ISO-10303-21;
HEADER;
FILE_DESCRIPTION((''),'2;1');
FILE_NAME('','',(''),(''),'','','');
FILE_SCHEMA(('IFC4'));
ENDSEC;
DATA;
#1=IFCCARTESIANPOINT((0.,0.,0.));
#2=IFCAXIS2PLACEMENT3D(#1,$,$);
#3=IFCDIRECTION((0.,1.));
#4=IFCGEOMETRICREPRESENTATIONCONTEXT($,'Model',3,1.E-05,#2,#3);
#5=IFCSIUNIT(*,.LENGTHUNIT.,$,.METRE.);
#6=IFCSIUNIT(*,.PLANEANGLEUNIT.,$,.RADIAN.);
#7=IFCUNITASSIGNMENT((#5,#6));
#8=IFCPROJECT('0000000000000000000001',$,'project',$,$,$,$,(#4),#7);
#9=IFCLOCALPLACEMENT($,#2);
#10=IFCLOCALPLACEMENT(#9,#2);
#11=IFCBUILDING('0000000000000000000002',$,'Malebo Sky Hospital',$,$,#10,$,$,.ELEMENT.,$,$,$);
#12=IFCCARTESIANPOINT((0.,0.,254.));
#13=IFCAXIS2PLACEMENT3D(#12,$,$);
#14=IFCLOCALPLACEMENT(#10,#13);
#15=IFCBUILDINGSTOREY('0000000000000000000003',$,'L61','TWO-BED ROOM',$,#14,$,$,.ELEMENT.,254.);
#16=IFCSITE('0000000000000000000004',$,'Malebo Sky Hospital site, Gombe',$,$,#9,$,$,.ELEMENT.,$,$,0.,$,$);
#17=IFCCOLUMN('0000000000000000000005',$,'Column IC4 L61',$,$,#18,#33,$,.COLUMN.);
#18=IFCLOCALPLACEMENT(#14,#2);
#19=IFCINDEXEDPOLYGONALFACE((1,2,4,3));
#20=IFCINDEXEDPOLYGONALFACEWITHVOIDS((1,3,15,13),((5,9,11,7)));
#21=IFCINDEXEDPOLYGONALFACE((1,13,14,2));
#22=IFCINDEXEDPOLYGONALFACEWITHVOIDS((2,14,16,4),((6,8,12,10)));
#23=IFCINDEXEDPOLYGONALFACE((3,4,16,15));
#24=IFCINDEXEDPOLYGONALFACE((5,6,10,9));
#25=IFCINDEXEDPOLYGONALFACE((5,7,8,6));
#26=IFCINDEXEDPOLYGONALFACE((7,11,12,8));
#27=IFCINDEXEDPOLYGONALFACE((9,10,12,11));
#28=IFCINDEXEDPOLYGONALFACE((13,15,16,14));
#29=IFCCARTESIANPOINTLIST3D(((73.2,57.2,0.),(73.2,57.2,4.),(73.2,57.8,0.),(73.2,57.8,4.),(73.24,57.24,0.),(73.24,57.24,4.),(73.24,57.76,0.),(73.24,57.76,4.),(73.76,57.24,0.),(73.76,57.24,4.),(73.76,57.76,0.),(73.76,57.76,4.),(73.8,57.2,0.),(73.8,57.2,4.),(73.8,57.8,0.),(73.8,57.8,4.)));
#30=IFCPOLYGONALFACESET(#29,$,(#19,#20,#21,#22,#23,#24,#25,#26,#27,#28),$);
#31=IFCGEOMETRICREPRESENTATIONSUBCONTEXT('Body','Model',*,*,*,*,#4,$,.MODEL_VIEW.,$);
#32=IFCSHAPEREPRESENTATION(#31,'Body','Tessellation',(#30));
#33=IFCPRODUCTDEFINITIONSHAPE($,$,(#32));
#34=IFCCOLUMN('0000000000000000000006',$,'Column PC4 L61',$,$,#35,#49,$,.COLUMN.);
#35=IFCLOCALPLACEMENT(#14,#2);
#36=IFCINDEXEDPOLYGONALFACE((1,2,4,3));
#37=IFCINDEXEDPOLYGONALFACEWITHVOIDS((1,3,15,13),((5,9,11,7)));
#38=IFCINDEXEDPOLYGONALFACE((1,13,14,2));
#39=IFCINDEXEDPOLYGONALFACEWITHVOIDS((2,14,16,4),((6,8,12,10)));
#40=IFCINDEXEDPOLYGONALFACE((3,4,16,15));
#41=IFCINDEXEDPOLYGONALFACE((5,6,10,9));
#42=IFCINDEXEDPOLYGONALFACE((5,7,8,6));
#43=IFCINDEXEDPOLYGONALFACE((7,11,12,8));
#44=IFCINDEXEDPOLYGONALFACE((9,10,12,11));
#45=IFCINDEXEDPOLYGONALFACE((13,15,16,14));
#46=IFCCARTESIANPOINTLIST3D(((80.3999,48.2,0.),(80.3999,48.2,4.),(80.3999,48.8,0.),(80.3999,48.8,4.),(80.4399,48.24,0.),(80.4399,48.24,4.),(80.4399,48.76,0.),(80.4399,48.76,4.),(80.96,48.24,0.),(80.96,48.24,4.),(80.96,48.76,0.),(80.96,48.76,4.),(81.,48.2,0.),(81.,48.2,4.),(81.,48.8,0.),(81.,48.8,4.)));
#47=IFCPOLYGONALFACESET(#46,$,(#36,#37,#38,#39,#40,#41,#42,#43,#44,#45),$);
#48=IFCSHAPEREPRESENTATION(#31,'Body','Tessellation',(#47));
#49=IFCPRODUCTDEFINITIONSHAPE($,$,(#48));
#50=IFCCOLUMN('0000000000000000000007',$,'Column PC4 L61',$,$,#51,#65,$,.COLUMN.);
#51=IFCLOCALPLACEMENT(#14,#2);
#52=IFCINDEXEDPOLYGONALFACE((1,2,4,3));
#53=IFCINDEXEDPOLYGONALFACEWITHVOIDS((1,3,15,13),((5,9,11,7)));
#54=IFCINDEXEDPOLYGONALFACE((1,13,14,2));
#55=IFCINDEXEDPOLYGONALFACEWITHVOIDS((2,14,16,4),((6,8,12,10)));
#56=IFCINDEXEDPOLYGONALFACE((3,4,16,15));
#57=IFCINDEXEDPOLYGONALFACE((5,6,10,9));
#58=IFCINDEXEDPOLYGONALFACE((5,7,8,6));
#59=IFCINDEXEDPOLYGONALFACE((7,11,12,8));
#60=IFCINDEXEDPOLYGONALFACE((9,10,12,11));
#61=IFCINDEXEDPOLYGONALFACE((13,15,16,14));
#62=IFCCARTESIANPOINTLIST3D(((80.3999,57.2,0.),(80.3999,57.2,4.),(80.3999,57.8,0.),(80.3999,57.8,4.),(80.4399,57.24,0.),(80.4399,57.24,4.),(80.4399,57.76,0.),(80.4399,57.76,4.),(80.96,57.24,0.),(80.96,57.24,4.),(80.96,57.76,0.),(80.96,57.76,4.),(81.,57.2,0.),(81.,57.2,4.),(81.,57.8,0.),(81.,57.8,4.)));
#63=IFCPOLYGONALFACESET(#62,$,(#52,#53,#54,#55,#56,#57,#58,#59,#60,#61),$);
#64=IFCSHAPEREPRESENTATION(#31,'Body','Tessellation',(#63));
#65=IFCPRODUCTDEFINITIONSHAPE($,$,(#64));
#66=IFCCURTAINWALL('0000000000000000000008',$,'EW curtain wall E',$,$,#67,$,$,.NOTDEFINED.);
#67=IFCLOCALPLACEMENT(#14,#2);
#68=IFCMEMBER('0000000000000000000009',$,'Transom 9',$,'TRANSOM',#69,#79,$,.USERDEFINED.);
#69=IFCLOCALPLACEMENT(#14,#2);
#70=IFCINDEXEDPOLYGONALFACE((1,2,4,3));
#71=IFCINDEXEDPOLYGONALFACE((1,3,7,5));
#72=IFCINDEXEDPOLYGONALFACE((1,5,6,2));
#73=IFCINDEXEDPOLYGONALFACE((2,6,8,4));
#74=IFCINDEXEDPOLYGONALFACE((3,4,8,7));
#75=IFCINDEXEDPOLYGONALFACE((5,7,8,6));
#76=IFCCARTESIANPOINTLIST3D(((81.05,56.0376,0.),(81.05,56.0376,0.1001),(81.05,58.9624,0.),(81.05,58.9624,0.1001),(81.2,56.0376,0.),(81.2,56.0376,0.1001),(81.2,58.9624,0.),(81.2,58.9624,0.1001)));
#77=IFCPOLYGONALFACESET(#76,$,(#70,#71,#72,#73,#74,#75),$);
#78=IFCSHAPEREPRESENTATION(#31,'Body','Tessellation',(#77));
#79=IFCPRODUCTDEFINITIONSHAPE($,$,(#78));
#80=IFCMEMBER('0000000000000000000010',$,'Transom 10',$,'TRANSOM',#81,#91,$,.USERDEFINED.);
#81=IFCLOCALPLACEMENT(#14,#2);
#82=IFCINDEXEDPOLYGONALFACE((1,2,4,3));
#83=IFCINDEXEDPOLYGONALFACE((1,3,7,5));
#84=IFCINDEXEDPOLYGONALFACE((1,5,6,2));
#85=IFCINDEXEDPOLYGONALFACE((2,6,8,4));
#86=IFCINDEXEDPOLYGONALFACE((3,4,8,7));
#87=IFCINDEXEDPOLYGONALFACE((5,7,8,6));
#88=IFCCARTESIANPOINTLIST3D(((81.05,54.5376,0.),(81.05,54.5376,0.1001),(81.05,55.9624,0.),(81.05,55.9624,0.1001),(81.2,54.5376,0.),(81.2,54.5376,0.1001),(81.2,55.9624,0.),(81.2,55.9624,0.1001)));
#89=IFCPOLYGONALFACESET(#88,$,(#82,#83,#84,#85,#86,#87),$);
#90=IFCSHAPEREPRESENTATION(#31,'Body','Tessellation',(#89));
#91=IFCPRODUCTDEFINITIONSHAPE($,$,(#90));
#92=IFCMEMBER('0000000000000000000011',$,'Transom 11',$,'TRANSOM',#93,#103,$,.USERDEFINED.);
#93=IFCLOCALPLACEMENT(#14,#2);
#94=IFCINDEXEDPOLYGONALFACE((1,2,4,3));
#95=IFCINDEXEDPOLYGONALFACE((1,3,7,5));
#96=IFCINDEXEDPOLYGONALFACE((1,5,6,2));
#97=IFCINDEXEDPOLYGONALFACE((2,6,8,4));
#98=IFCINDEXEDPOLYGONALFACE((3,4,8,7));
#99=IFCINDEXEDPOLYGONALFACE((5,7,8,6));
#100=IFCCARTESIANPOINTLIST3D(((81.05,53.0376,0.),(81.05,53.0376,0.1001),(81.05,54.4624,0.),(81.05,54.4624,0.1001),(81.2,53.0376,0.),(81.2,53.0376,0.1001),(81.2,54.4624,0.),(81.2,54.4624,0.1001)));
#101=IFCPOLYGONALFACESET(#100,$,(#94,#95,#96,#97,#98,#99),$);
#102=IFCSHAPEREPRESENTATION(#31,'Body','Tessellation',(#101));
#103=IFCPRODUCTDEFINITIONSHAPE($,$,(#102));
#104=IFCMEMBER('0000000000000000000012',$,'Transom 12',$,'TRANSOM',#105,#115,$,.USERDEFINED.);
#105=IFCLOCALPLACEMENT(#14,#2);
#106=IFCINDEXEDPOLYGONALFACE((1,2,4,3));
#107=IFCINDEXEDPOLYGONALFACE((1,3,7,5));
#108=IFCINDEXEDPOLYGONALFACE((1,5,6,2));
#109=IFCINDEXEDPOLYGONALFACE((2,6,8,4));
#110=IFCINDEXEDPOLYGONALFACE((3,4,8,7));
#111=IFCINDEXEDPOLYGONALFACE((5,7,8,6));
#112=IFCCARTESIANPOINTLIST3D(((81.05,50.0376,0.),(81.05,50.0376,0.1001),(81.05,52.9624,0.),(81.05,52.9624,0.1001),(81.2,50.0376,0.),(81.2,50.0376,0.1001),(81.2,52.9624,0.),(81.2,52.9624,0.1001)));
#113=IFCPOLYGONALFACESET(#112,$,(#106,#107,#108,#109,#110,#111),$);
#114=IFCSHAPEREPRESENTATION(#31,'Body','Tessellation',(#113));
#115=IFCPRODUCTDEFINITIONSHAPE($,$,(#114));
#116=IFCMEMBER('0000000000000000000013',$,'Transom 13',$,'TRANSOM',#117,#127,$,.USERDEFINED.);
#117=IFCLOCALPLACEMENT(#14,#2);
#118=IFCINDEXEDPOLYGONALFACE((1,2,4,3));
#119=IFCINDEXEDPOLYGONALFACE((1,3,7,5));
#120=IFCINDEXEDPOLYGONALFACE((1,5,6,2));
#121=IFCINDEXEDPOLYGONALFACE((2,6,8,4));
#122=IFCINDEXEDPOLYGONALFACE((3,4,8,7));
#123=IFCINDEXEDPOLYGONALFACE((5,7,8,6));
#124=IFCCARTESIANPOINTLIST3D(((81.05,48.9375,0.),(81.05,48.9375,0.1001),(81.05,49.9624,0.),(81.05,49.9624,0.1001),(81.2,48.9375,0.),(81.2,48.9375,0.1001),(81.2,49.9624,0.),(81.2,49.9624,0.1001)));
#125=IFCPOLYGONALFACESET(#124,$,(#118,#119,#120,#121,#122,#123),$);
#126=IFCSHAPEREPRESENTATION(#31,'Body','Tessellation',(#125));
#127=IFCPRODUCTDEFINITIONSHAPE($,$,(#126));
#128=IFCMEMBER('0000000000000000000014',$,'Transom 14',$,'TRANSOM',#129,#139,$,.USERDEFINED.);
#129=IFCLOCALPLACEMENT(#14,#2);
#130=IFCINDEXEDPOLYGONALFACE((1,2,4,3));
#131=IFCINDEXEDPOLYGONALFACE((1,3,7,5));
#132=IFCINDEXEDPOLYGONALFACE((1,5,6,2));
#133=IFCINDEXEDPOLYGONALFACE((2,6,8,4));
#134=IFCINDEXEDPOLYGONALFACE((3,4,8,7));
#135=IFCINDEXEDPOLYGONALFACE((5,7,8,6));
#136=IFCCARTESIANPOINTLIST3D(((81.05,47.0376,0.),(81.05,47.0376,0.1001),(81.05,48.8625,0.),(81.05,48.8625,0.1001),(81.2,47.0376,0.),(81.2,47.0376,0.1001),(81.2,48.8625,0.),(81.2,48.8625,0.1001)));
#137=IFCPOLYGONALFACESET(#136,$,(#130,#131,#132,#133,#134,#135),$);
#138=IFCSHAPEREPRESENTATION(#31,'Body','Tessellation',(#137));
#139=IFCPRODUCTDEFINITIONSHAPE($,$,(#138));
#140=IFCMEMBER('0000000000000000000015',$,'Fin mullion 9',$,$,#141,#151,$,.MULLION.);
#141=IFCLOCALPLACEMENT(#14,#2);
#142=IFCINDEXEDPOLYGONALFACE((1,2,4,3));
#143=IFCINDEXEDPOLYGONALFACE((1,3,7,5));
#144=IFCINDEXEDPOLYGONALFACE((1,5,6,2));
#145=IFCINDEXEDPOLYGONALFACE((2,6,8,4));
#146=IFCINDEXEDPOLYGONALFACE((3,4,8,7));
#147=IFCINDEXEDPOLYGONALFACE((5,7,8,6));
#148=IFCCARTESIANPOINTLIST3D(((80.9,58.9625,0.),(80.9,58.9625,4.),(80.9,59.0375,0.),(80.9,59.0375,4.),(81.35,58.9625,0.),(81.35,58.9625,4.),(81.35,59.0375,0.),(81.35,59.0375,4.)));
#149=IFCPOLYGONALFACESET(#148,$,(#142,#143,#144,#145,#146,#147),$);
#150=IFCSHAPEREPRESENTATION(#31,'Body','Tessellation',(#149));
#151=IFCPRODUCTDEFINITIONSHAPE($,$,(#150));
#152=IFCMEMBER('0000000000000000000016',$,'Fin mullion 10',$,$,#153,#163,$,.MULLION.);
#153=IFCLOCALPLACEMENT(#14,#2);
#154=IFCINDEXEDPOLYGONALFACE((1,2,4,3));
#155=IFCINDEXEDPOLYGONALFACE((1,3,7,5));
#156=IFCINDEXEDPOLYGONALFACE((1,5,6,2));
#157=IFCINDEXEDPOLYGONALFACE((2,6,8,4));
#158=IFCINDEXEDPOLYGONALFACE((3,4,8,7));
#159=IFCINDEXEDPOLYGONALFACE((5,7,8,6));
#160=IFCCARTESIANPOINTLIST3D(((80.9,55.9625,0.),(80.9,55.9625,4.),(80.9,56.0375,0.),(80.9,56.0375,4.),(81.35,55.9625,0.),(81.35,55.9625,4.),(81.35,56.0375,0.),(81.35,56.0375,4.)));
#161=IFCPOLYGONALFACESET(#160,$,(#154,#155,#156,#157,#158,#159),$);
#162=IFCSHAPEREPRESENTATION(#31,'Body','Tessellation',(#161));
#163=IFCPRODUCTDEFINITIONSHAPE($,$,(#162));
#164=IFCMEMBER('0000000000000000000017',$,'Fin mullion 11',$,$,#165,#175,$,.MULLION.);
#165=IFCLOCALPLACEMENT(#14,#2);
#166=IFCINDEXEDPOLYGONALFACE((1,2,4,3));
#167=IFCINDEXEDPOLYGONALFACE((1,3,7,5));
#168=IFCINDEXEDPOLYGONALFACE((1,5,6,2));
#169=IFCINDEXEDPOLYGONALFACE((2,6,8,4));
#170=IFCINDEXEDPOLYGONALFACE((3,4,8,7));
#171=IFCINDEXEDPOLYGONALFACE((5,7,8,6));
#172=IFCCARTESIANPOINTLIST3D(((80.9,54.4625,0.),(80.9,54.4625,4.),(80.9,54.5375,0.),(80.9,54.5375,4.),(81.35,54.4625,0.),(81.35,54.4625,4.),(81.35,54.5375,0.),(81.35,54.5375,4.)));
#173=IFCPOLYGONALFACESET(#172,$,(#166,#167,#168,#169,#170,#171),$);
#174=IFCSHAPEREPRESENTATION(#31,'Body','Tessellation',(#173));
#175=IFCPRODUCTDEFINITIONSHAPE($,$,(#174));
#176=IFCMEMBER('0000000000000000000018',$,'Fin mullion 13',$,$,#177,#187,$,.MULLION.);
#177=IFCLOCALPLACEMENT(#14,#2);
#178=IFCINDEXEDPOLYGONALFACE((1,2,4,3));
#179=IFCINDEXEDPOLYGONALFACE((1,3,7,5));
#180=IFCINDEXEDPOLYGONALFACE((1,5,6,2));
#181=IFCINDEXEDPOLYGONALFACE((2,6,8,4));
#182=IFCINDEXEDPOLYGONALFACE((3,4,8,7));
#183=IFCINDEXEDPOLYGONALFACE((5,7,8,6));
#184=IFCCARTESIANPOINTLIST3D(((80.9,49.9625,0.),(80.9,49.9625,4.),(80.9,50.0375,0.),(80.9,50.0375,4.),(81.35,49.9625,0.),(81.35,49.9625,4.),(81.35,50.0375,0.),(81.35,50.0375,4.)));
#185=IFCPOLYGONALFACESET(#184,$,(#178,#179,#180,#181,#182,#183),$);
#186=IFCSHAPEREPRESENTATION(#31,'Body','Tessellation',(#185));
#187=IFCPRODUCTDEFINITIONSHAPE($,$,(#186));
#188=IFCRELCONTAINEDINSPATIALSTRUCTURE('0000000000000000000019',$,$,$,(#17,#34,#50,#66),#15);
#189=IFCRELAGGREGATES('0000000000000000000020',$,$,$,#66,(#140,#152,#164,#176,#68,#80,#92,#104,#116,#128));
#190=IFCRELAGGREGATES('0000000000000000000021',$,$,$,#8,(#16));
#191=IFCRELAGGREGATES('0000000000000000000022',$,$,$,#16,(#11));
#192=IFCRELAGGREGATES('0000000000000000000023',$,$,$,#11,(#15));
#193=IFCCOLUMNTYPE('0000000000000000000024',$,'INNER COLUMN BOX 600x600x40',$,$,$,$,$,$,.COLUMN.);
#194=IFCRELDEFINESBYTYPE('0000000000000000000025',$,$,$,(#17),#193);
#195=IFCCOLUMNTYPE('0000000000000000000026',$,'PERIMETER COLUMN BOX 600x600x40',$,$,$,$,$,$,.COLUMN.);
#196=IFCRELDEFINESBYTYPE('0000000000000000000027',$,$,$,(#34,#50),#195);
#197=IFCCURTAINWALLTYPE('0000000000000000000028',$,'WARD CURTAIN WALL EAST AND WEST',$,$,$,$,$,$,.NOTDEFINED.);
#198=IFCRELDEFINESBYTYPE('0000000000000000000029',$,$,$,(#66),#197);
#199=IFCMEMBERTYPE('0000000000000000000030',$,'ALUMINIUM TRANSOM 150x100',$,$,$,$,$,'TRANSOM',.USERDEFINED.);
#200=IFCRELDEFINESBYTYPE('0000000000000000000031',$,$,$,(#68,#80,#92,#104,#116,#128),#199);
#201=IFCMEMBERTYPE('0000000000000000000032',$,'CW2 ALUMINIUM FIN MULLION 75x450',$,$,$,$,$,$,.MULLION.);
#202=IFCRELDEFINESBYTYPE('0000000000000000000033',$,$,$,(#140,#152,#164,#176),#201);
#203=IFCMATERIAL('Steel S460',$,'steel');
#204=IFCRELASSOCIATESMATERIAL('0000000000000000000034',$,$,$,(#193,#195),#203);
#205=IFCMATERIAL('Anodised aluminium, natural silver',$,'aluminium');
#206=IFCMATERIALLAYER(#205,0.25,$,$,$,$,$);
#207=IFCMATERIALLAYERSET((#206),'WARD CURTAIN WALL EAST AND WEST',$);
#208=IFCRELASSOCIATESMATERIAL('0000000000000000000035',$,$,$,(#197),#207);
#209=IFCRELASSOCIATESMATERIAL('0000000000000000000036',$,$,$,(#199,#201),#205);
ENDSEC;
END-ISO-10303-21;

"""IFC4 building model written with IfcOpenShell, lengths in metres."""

from ifc_helpers import new_model, si_unit, direction, frame, origin, origin_2d, place, context, subcontext, project, spatial, rectangle, hollow_rectangle, extrude, material, layer, layer_set, material_profile, profile_set, type_object, element, aggregate, save


model = new_model("IFC4")

# Units and contexts
model_context = context("Model", 3, precision=1e-05, world=origin(), true_north=direction((0.0, 1.0)))
body_context = subcontext(model_context, "Body", "Model", "MODEL_VIEW")
ifc_project = project(units=[si_unit("LENGTHUNIT", "METRE"), si_unit("PLANEANGLEUNIT", "RADIAN")], contexts=[model_context])

# Site, building, storey
site_placement = place(None, origin())
site = spatial("IfcSite", under=ifc_project, at=site_placement, Name="Malebo Sky Hospital site, Gombe", CompositionType="ELEMENT", RefElevation=0.0)
building_placement = place(site_placement, origin())
building = spatial("IfcBuilding", under=site, at=building_placement, Name="Malebo Sky Hospital", CompositionType="ELEMENT")
storey_placement = place(building_placement, frame((0.0, 0.0, 254.0)))
storey = spatial("IfcBuildingStorey", under=building, at=storey_placement, Name="L61", Description="TWO-BED ROOM", CompositionType="ELEMENT", Elevation=254.0)

# Columns
ifc_material_1 = material(Name="Steel S460", Category="steel")
ifc_material_profile_1 = material_profile(ifc_material_1, hollow_rectangle(XDim=0.6001, YDim=0.6001, WallThickness=0.04, at=origin_2d()), Name="BOX 600x600x40")
ifc_profile_set_1 = profile_set([ifc_material_profile_1], Name="Steel S460")
column_type_1 = type_object("IfcColumnType", Name="INNER COLUMN BOX 600x600x40", PredefinedType="COLUMN", material=ifc_profile_set_1)
column_placement = place(storey_placement, frame((73.5, 57.5, 0.0), z_axis=(0.0, 0.0, 1.0), x_axis=(1.0, 0.0, 0.0)))
element("IfcColumn", 1, at=column_placement, inside=storey, type_object=column_type_1, Name="Column IC4 L61", PredefinedType="COLUMN", context=body_context, shape_type="SweptSolid", body=[
    extrude(hollow_rectangle(XDim=0.6001, YDim=0.6001, WallThickness=0.04, at=origin_2d()), origin(), (0.0, 0.0, 1.0), 4.0),
])
ifc_material_profile_2 = material_profile(ifc_material_1, hollow_rectangle(XDim=0.6001, YDim=0.6001, WallThickness=0.04, at=origin_2d()), Name="BOX 600x600x40")
ifc_profile_set_2 = profile_set([ifc_material_profile_2], Name="Steel S460")
column_type_2 = type_object("IfcColumnType", Name="PERIMETER COLUMN BOX 600x600x40", PredefinedType="COLUMN", material=ifc_profile_set_2)
for number, where, z_axis, x_axis, name in (
    (2, (80.7, 48.5, 0.0), (0.0, 0.0, 1.0), (1.0, 0.0, 0.0), "Column PC4 L61"),
    (3, (80.7, 57.5, 0.0), (0.0, 0.0, 1.0), (1.0, 0.0, 0.0), "Column PC4 L61"),
):
    element("IfcColumn", number, at=place(storey_placement, frame(where, z_axis=z_axis, x_axis=x_axis)), inside=storey, type_object=column_type_2, Name=name, PredefinedType="COLUMN", context=body_context, shape_type="SweptSolid", body=[
        extrude(hollow_rectangle(XDim=0.6001, YDim=0.6001, WallThickness=0.04, at=origin_2d()), origin(), (0.0, 0.0, 1.0), 4.0),
    ])

# Curtain wall, members
ifc_material_2 = material(Name="Anodised aluminium, natural silver", Category="aluminium")
ifc_layer_1 = layer(ifc_material_2, 0.25)
ifc_layer_set_1 = layer_set([ifc_layer_1], Name="WARD CURTAIN WALL EAST AND WEST")
curtain_wall_type = type_object("IfcCurtainWallType", Name="WARD CURTAIN WALL EAST AND WEST", PredefinedType="NOTDEFINED", material=ifc_layer_set_1)
curtain_wall_placement = place(storey_placement, origin())
curtain_wall = element("IfcCurtainWall", 4, at=curtain_wall_placement, inside=storey, type_object=curtain_wall_type, Name="EW curtain wall E", PredefinedType="NOTDEFINED")
ifc_material_profile_3 = material_profile(ifc_material_2, rectangle(XDim=0.1499, YDim=0.1001, at=origin_2d()), Name="ALUMINIUM TRANSOM 150x100")
ifc_profile_set_3 = profile_set([ifc_material_profile_3], Name="Anodised aluminium, natural silver")
member_type_1 = type_object("IfcMemberType", Name="ALUMINIUM TRANSOM 150x100", ElementType="TRANSOM", PredefinedType="USERDEFINED", material=ifc_profile_set_3)
member_1_placement = place(storey_placement, frame((81.125, 58.9624, 0.05), z_axis=(0.0, -1.0, 0.0), x_axis=(1.0, 0.0, 0.0)))
member_1 = element("IfcMember", 5, at=member_1_placement, type_object=member_type_1, Name="Transom 9", ObjectType="TRANSOM", PredefinedType="USERDEFINED", context=body_context, shape_type="SweptSolid", body=[
    extrude(rectangle(XDim=0.1499, YDim=0.1001, at=origin_2d()), origin(), (0.0, 0.0, 1.0), 2.9248),
])
member_2_placement = place(storey_placement, frame((81.125, 55.9624, 0.05), z_axis=(0.0, -1.0, 0.0), x_axis=(1.0, 0.0, 0.0)))
member_2 = element("IfcMember", 6, at=member_2_placement, type_object=member_type_1, Name="Transom 10", ObjectType="TRANSOM", PredefinedType="USERDEFINED", context=body_context, shape_type="SweptSolid", body=[
    extrude(rectangle(XDim=0.1499, YDim=0.1001, at=origin_2d()), origin(), (0.0, 0.0, 1.0), 1.4248),
])
member_3_placement = place(storey_placement, frame((81.125, 54.4624, 0.05), z_axis=(0.0, -1.0, 0.0), x_axis=(1.0, 0.0, 0.0)))
member_3 = element("IfcMember", 7, at=member_3_placement, type_object=member_type_1, Name="Transom 11", ObjectType="TRANSOM", PredefinedType="USERDEFINED", context=body_context, shape_type="SweptSolid", body=[
    extrude(rectangle(XDim=0.1499, YDim=0.1001, at=origin_2d()), origin(), (0.0, 0.0, 1.0), 1.4248),
])
member_4_placement = place(storey_placement, frame((81.125, 52.9624, 0.05), z_axis=(0.0, -1.0, 0.0), x_axis=(1.0, 0.0, 0.0)))
member_4 = element("IfcMember", 8, at=member_4_placement, type_object=member_type_1, Name="Transom 12", ObjectType="TRANSOM", PredefinedType="USERDEFINED", context=body_context, shape_type="SweptSolid", body=[
    extrude(rectangle(XDim=0.1499, YDim=0.1001, at=origin_2d()), origin(), (0.0, 0.0, 1.0), 2.9248),
])
member_5_placement = place(storey_placement, frame((81.125, 49.9624, 0.05), z_axis=(0.0, -1.0, 0.0), x_axis=(1.0, 0.0, 0.0)))
member_5 = element("IfcMember", 9, at=member_5_placement, type_object=member_type_1, Name="Transom 13", ObjectType="TRANSOM", PredefinedType="USERDEFINED", context=body_context, shape_type="SweptSolid", body=[
    extrude(rectangle(XDim=0.1499, YDim=0.1001, at=origin_2d()), origin(), (0.0, 0.0, 1.0), 1.0249),
])
member_6_placement = place(storey_placement, frame((81.125, 48.8625, 0.05), z_axis=(0.0, -1.0, 0.0), x_axis=(1.0, 0.0, 0.0)))
member_6 = element("IfcMember", 10, at=member_6_placement, type_object=member_type_1, Name="Transom 14", ObjectType="TRANSOM", PredefinedType="USERDEFINED", context=body_context, shape_type="SweptSolid", body=[
    extrude(rectangle(XDim=0.1499, YDim=0.1001, at=origin_2d()), origin(), (0.0, 0.0, 1.0), 1.825),
])
ifc_material_profile_4 = material_profile(ifc_material_2, rectangle(XDim=0.075, YDim=0.45, at=origin_2d()), Name="CW2 ALUMINIUM FIN MULLION 75x450")
ifc_profile_set_4 = profile_set([ifc_material_profile_4], Name="Anodised aluminium, natural silver")
member_type_2 = type_object("IfcMemberType", Name="CW2 ALUMINIUM FIN MULLION 75x450", PredefinedType="MULLION", material=ifc_profile_set_4)
member_7_placement = place(storey_placement, frame((81.125, 59.0, 0.0), z_axis=(0.0, 0.0, 1.0), x_axis=(0.0, -1.0, 0.0)))
member_7 = element("IfcMember", 11, at=member_7_placement, type_object=member_type_2, Name="Fin mullion 9", PredefinedType="MULLION", context=body_context, shape_type="SweptSolid", body=[
    extrude(rectangle(XDim=0.075, YDim=0.45, at=origin_2d()), origin(), (0.0, 0.0, 1.0), 4.0),
])
member_8_placement = place(storey_placement, frame((81.125, 56.0, 0.0), z_axis=(0.0, 0.0, 1.0), x_axis=(0.0, -1.0, 0.0)))
member_8 = element("IfcMember", 12, at=member_8_placement, type_object=member_type_2, Name="Fin mullion 10", PredefinedType="MULLION", context=body_context, shape_type="SweptSolid", body=[
    extrude(rectangle(XDim=0.075, YDim=0.45, at=origin_2d()), origin(), (0.0, 0.0, 1.0), 4.0),
])
member_9_placement = place(storey_placement, frame((81.125, 54.5, 0.0), z_axis=(0.0, 0.0, 1.0), x_axis=(0.0, -1.0, 0.0)))
member_9 = element("IfcMember", 13, at=member_9_placement, type_object=member_type_2, Name="Fin mullion 11", PredefinedType="MULLION", context=body_context, shape_type="SweptSolid", body=[
    extrude(rectangle(XDim=0.075, YDim=0.45, at=origin_2d()), origin(), (0.0, 0.0, 1.0), 4.0),
])
member_10_placement = place(storey_placement, frame((81.125, 50.0, 0.0), z_axis=(0.0, 0.0, 1.0), x_axis=(0.0, -1.0, 0.0)))
member_10 = element("IfcMember", 14, at=member_10_placement, type_object=member_type_2, Name="Fin mullion 13", PredefinedType="MULLION", context=body_context, shape_type="SweptSolid", body=[
    extrude(rectangle(XDim=0.075, YDim=0.45, at=origin_2d()), origin(), (0.0, 0.0, 1.0), 4.0),
])

aggregate(curtain_wall, [member_7, member_8, member_9, member_10, member_1, member_2, member_3, member_4, member_5, member_6])

save(model, "model.ifc")
